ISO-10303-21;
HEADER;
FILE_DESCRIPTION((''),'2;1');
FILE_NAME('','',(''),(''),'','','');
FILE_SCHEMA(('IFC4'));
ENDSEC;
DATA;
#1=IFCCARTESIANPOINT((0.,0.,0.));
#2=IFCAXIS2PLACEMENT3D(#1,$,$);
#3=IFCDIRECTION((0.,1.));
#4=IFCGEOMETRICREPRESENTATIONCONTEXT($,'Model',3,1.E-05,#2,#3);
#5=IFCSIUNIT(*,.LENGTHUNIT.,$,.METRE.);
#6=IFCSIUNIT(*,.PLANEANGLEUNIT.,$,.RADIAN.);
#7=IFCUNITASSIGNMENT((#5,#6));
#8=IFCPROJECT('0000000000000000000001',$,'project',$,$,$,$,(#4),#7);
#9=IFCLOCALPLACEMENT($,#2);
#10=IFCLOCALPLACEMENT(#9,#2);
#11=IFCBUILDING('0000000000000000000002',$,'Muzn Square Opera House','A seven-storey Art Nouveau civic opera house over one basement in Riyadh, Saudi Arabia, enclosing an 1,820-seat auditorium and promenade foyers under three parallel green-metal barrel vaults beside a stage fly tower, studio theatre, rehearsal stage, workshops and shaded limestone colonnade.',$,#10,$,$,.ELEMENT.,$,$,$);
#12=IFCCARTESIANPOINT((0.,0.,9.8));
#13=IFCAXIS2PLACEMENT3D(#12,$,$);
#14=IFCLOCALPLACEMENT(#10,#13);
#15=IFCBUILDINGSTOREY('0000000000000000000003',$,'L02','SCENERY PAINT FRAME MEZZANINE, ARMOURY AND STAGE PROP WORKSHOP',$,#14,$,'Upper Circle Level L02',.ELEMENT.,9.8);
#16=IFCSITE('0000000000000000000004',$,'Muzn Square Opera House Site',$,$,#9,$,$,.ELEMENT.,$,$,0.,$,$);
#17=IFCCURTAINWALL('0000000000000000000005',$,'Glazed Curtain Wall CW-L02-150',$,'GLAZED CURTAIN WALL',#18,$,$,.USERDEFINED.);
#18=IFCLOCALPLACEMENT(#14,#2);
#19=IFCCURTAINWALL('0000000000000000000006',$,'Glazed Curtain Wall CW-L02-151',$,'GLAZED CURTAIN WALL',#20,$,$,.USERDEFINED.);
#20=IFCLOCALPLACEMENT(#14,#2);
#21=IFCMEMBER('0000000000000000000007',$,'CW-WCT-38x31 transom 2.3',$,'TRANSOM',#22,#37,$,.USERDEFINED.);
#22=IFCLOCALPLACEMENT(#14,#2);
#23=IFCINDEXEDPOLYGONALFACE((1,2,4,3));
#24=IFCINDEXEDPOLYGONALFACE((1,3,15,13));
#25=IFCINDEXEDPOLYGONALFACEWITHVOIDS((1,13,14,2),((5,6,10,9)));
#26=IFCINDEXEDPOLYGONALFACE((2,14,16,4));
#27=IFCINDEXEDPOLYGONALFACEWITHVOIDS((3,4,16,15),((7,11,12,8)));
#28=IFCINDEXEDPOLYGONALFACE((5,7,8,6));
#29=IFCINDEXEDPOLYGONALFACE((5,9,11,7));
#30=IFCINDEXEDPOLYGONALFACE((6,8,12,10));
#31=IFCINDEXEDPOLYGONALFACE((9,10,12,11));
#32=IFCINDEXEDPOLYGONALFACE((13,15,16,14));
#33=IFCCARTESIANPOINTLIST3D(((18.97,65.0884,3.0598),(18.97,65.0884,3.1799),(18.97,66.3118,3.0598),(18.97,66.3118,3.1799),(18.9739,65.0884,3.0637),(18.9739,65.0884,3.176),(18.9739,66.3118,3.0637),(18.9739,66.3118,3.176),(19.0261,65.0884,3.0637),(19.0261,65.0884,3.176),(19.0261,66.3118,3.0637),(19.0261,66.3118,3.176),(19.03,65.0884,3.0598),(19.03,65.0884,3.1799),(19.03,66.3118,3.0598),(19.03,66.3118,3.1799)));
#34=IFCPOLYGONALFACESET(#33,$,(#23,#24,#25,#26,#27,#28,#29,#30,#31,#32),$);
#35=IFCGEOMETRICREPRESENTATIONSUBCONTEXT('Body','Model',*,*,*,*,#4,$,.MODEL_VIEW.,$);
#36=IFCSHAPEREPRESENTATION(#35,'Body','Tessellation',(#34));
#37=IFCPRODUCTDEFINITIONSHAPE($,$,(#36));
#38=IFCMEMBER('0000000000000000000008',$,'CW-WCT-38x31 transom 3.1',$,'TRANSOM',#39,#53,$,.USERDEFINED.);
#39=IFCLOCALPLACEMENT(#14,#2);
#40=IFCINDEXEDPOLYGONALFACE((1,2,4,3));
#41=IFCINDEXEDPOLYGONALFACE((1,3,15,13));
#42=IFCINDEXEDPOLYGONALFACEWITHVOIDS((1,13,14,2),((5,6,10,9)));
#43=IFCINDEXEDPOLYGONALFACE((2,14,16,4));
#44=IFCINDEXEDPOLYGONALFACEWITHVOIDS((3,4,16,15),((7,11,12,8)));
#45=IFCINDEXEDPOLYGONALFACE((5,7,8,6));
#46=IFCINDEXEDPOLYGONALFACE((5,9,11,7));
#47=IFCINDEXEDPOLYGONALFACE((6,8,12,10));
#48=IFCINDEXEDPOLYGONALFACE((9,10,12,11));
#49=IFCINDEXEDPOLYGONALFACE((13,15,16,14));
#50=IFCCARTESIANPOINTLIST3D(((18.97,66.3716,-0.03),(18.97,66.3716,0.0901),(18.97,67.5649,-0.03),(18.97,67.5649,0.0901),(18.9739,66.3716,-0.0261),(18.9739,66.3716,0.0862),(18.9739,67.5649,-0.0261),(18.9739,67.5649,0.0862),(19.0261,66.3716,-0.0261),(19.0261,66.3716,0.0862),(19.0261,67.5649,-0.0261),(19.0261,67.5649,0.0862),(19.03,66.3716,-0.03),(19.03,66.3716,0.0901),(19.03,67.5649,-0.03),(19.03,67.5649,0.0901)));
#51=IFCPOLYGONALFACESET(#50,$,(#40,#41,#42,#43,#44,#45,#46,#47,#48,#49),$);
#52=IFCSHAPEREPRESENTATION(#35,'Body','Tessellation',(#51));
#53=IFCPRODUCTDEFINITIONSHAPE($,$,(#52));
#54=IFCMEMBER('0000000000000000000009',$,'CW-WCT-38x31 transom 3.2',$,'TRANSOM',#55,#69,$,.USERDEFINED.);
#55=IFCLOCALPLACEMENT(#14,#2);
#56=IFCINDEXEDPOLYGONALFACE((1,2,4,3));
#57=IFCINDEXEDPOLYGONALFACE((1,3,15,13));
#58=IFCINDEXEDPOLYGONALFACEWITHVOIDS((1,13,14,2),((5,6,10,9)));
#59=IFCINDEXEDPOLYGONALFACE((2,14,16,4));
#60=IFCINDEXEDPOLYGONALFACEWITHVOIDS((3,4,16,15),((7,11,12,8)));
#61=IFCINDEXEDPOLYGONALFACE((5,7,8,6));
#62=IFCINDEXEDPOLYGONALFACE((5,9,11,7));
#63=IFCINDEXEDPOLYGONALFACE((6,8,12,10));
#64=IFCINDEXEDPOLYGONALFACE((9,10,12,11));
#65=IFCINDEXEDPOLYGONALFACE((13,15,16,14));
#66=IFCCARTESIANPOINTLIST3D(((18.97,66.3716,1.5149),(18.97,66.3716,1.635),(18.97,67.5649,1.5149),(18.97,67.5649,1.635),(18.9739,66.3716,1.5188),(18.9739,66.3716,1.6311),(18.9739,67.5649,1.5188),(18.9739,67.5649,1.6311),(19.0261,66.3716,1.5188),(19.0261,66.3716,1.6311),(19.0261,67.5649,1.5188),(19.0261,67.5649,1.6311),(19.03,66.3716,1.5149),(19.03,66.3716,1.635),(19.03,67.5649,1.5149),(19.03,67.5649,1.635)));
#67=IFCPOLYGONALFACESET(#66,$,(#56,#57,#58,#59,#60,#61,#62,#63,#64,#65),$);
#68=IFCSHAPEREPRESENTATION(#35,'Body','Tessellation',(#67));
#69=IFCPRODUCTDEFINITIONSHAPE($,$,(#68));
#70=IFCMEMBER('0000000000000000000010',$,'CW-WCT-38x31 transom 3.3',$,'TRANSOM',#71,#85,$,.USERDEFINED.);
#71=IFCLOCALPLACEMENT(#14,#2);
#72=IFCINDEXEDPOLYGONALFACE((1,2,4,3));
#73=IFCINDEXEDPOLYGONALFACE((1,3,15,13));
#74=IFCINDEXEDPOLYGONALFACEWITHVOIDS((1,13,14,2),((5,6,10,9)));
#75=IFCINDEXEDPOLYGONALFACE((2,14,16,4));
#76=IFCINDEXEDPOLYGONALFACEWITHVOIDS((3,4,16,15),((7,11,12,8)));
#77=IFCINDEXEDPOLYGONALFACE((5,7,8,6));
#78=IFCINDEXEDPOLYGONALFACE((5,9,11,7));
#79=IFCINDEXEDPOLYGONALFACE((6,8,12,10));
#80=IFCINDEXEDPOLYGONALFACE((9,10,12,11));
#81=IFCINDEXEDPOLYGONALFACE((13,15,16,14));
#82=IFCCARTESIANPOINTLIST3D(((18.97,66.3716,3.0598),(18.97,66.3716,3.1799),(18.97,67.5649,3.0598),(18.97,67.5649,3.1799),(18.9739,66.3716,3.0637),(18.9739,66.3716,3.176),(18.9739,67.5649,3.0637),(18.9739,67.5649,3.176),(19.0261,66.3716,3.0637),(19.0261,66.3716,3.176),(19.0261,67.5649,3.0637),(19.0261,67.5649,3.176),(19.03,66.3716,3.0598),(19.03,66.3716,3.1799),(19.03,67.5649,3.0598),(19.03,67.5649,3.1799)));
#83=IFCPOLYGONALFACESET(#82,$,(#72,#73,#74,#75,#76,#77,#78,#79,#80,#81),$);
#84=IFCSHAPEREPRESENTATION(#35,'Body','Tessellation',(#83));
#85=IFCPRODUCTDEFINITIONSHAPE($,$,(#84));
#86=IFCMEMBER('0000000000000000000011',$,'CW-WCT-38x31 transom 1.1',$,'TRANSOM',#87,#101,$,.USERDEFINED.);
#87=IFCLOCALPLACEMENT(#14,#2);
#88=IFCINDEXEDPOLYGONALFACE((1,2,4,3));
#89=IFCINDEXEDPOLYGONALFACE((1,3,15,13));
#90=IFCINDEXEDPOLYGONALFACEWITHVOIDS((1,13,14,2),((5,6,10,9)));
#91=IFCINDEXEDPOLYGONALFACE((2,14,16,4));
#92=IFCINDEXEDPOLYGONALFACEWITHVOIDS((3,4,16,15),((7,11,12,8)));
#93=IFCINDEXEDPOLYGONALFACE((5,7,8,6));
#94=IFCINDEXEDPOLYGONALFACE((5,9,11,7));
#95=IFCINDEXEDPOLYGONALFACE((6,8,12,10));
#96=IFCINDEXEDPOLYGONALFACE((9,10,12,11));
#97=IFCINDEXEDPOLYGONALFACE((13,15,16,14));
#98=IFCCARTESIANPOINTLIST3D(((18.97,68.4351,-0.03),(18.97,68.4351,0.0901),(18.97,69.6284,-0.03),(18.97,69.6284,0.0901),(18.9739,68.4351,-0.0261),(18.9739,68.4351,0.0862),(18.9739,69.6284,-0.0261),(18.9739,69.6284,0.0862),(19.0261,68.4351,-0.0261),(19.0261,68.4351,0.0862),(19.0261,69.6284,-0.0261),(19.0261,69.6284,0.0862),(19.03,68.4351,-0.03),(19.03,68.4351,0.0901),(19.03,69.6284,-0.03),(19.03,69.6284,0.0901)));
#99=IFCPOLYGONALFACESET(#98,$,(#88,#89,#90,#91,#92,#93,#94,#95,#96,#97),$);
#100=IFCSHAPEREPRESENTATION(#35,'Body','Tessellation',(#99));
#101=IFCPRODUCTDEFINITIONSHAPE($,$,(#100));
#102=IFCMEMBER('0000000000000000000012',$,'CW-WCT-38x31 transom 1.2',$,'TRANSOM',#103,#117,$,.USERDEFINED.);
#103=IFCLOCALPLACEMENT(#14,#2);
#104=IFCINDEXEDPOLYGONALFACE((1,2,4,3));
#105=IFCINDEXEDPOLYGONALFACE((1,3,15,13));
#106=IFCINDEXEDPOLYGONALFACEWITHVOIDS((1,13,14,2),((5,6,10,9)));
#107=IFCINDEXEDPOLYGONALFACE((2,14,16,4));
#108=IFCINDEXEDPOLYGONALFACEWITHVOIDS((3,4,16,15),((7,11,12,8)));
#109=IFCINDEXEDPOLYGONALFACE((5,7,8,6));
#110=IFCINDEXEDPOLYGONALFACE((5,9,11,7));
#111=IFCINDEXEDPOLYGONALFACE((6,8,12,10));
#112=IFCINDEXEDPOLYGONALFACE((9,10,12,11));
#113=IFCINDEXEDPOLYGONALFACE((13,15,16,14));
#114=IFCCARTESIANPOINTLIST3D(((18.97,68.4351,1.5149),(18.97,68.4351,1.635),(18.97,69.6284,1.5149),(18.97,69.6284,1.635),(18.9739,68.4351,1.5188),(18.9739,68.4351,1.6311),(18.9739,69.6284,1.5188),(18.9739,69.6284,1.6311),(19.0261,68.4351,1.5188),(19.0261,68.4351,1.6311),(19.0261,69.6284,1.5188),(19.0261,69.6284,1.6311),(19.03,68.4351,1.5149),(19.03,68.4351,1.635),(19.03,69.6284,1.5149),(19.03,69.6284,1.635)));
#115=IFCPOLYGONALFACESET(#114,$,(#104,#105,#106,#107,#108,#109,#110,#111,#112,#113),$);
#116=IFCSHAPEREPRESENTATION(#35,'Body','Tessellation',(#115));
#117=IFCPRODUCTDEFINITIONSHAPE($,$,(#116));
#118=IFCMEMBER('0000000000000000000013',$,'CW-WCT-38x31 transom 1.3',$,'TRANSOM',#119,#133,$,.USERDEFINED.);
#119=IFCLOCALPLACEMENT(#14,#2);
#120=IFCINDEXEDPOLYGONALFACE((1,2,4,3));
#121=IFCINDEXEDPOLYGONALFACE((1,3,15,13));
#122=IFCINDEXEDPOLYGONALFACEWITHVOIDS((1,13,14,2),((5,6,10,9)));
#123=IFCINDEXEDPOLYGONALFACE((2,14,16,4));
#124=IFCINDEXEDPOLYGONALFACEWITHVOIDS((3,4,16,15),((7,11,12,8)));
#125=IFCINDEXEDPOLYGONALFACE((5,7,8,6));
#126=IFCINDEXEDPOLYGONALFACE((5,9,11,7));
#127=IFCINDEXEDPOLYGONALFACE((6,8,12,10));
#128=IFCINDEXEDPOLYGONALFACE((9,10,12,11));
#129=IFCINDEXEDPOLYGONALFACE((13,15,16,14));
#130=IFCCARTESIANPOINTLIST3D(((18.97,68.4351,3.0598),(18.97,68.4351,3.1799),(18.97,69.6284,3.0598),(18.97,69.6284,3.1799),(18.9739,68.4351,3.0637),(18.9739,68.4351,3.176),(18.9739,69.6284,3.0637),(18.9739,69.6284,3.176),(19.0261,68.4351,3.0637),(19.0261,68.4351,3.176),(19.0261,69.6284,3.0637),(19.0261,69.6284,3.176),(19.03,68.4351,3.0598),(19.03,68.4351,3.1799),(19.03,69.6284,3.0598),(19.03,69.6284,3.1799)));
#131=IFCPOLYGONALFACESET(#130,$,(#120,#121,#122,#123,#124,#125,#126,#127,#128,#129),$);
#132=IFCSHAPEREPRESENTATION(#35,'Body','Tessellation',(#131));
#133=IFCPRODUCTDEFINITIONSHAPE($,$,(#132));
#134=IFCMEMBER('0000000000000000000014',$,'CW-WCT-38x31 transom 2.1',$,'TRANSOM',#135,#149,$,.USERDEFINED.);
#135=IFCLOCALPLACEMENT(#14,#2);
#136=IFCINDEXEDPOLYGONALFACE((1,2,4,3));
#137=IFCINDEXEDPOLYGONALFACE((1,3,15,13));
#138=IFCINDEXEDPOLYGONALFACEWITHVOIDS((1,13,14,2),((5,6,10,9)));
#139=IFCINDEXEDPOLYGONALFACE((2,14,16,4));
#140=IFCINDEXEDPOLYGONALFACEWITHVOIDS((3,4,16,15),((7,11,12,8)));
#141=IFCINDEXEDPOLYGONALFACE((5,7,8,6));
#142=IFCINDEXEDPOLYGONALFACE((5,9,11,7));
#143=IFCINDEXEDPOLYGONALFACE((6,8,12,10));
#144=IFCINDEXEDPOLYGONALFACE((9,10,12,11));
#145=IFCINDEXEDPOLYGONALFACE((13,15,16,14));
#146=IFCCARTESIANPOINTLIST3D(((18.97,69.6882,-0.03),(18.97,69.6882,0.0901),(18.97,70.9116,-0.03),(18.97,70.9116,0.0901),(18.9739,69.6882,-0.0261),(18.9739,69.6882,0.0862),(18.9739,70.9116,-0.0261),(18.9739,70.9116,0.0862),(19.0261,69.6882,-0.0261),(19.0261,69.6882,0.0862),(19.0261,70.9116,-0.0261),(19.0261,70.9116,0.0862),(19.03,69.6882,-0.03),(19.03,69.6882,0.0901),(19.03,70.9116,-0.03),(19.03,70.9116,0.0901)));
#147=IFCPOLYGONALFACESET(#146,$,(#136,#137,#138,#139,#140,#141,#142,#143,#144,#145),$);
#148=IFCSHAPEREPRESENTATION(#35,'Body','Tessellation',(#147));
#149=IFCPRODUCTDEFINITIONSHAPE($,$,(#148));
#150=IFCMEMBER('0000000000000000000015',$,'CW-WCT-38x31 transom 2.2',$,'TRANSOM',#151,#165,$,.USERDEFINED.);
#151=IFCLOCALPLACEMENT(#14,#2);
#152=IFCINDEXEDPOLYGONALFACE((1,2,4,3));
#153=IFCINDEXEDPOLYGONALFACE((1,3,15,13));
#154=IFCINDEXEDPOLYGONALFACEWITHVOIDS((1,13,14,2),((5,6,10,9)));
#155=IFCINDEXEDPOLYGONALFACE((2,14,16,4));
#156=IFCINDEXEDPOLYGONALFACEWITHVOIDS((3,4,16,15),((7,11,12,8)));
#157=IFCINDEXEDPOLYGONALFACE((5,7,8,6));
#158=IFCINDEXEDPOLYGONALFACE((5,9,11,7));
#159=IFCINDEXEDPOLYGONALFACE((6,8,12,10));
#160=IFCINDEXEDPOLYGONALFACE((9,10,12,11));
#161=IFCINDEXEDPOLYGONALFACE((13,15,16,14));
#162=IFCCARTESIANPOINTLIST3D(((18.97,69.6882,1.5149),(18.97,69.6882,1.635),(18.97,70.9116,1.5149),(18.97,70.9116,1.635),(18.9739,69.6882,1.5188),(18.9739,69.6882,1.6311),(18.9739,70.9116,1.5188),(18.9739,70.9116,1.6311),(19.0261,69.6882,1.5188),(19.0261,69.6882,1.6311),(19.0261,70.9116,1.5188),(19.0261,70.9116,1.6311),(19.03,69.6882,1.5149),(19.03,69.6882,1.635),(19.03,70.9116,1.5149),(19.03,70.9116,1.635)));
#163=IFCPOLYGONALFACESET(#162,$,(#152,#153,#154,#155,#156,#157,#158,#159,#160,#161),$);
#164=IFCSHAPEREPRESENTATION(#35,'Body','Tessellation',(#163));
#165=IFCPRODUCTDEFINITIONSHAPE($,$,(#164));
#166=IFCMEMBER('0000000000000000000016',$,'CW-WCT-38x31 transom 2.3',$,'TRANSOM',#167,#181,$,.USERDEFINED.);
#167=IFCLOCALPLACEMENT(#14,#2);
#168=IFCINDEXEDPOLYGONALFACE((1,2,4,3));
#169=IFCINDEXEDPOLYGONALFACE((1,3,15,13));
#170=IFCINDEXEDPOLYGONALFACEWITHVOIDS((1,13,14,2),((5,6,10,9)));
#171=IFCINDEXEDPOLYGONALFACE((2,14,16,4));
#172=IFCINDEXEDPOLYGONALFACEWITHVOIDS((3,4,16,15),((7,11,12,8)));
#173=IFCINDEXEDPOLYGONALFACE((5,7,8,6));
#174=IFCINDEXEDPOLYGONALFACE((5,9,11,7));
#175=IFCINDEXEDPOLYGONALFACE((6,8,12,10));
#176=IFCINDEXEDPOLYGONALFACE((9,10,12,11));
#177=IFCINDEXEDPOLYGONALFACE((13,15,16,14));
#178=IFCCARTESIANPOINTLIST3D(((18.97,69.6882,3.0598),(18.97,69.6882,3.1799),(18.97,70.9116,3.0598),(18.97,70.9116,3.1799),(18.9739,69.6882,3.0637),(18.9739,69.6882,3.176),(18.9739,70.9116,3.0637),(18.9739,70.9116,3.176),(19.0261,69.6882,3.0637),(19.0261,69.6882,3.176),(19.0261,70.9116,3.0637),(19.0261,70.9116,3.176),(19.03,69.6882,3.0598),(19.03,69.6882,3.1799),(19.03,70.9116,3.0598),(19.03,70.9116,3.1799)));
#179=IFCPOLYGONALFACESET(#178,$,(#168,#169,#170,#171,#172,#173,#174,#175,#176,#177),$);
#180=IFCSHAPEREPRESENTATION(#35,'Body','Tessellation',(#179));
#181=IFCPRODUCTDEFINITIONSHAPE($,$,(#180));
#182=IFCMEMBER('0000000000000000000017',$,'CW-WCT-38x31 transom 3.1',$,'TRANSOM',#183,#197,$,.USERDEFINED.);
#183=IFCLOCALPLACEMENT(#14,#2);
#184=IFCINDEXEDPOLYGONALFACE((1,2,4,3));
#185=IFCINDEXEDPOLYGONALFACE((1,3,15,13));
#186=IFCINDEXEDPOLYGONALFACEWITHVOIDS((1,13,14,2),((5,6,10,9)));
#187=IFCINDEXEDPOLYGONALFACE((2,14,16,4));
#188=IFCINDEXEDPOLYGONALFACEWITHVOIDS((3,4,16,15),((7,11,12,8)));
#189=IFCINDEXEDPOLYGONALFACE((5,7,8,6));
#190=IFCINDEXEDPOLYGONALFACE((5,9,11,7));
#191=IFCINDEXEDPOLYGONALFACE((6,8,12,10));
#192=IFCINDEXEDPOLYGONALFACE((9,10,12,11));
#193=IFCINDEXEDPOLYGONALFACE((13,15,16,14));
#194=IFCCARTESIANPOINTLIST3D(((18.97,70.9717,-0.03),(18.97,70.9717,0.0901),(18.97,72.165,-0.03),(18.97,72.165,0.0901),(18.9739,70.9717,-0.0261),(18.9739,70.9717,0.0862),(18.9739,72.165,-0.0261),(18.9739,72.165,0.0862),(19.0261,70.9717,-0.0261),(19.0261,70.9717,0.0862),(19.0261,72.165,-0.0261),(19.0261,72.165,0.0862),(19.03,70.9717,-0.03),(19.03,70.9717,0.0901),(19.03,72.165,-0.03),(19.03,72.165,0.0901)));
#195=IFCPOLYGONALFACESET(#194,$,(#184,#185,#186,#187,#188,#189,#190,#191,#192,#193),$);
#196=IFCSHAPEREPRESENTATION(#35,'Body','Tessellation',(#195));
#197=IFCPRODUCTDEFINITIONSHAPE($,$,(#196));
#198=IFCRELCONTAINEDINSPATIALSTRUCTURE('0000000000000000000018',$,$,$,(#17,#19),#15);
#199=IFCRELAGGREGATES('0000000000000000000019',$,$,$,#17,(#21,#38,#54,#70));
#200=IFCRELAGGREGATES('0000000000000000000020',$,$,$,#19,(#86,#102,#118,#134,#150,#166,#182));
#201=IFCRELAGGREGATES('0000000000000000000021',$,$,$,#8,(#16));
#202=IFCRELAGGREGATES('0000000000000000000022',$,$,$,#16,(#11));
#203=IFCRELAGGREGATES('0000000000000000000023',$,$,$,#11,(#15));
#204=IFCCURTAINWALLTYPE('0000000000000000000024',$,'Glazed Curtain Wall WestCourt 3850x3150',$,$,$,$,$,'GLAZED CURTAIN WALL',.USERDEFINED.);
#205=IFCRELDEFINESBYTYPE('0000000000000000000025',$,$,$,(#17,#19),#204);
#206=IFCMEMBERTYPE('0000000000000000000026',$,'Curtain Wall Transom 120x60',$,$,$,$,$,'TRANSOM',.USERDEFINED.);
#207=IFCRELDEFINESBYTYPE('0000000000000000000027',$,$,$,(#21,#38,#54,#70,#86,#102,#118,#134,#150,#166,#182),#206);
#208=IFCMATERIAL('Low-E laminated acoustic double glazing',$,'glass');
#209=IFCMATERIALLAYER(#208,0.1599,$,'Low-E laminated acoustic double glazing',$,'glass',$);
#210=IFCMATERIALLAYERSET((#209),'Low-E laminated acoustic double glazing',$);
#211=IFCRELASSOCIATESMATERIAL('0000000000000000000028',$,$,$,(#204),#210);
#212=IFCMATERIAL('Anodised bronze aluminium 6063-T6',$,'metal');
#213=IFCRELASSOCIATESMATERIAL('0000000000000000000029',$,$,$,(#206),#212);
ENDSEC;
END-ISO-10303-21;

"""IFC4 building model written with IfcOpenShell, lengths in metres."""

from ifc_helpers import new_model, si_unit, direction, frame, origin, origin_2d, place, context, subcontext, project, spatial, hollow_rectangle, extrude, material, layer, layer_set, material_profile, profile_set, type_object, element, aggregate, save


model = new_model("IFC4")

# Units and contexts
model_context = context("Model", 3, precision=1e-05, world=origin(), true_north=direction((0.0, 1.0)))
body_context = subcontext(model_context, "Body", "Model", "MODEL_VIEW")
ifc_project = project(units=[si_unit("LENGTHUNIT", "METRE"), si_unit("PLANEANGLEUNIT", "RADIAN")], contexts=[model_context])

# Site, building, storey
site_placement = place(None, origin())
site = spatial("IfcSite", under=ifc_project, at=site_placement, Name="Muzn Square Opera House Site", CompositionType="ELEMENT", RefElevation=0.0)
building_placement = place(site_placement, origin())
building = spatial("IfcBuilding", under=site, at=building_placement, Name="Muzn Square Opera House", Description="A seven-storey Art Nouveau civic opera house over one basement in Riyadh, Saudi Arabia, enclosing an 1,820-seat auditorium and promenade foyers under three parallel green-metal barrel vaults beside a stage fly tower, studio theatre, rehearsal stage, workshops and shaded limestone colonnade.", CompositionType="ELEMENT")
storey_placement = place(building_placement, frame((0.0, 0.0, 9.8)))
storey = spatial("IfcBuildingStorey", under=building, at=storey_placement, Name="L02", Description="SCENERY PAINT FRAME MEZZANINE, ARMOURY AND STAGE PROP WORKSHOP", LongName="Upper Circle Level L02", CompositionType="ELEMENT", Elevation=9.8)

# Curtain walls
ifc_material_1 = material(Name="Low-E laminated acoustic double glazing", Category="glass")
ifc_layer_1 = layer(ifc_material_1, 0.1599, Name="Low-E laminated acoustic double glazing", Category="glass")
ifc_layer_set_1 = layer_set([ifc_layer_1], Name="Low-E laminated acoustic double glazing")
curtain_wall_type = type_object("IfcCurtainWallType", Name="Glazed Curtain Wall WestCourt 3850x3150", ElementType="GLAZED CURTAIN WALL", PredefinedType="USERDEFINED", material=ifc_layer_set_1)
curtain_wall_1_placement = place(storey_placement, origin())
curtain_wall_1 = element("IfcCurtainWall", 1, at=curtain_wall_1_placement, inside=storey, type_object=curtain_wall_type, Name="Glazed Curtain Wall CW-L02-150", ObjectType="GLAZED CURTAIN WALL", PredefinedType="USERDEFINED")
ifc_material_2 = material(Name="Anodised bronze aluminium 6063-T6", Category="metal")
curtain_wall_2_placement = place(storey_placement, origin())
curtain_wall_2 = element("IfcCurtainWall", 2, at=curtain_wall_2_placement, inside=storey, type_object=curtain_wall_type, Name="Glazed Curtain Wall CW-L02-151", ObjectType="GLAZED CURTAIN WALL", PredefinedType="USERDEFINED")

# Members
ifc_material_profile_1 = material_profile(ifc_material_2, hollow_rectangle(XDim=0.0601, YDim=0.1201, WallThickness=0.0039, at=origin_2d()), Name="ALU 120x60x4", Category="metal")
ifc_profile_set_1 = profile_set([ifc_material_profile_1], Name="Anodised bronze aluminium 6063-T6")
member_type_1 = type_object("IfcMemberType", Name="Curtain Wall Transom 120x60", ElementType="TRANSOM", PredefinedType="USERDEFINED", material=ifc_profile_set_1)
member_1_placement = place(storey_placement, frame((19.0, 65.0884, 3.1199), z_axis=(0.0, 1.0, 0.0), x_axis=(-1.0, 0.0, 0.0)))
member_1 = element("IfcMember", 3, at=member_1_placement, type_object=member_type_1, Name="CW-WCT-38x31 transom 2.3", ObjectType="TRANSOM", PredefinedType="USERDEFINED", context=body_context, shape_type="SweptSolid", body=[
    extrude(hollow_rectangle(XDim=0.0601, YDim=0.1201, WallThickness=0.0039, at=origin_2d()), origin(), (0.0, 0.0, 1.0), 1.2234),
])
member_2_placement = place(storey_placement, frame((19.0, 66.3716, 0.03), z_axis=(0.0, 1.0, 0.0), x_axis=(-1.0, 0.0, 0.0)))
member_2 = element("IfcMember", 4, at=member_2_placement, type_object=member_type_1, Name="CW-WCT-38x31 transom 3.1", ObjectType="TRANSOM", PredefinedType="USERDEFINED", context=body_context, shape_type="SweptSolid", body=[
    extrude(hollow_rectangle(XDim=0.0601, YDim=0.1201, WallThickness=0.0039, at=origin_2d()), origin(), (0.0, 0.0, 1.0), 1.1934),
])
member_3_placement = place(storey_placement, frame((19.0, 66.3716, 1.575), z_axis=(0.0, 1.0, 0.0), x_axis=(-1.0, 0.0, 0.0)))
member_3 = element("IfcMember", 5, at=member_3_placement, type_object=member_type_1, Name="CW-WCT-38x31 transom 3.2", ObjectType="TRANSOM", PredefinedType="USERDEFINED", context=body_context, shape_type="SweptSolid", body=[
    extrude(hollow_rectangle(XDim=0.0601, YDim=0.1201, WallThickness=0.0039, at=origin_2d()), origin(), (0.0, 0.0, 1.0), 1.1934),
])
member_4_placement = place(storey_placement, frame((19.0, 66.3716, 3.1199), z_axis=(0.0, 1.0, 0.0), x_axis=(-1.0, 0.0, 0.0)))
member_4 = element("IfcMember", 6, at=member_4_placement, type_object=member_type_1, Name="CW-WCT-38x31 transom 3.3", ObjectType="TRANSOM", PredefinedType="USERDEFINED", context=body_context, shape_type="SweptSolid", body=[
    extrude(hollow_rectangle(XDim=0.0601, YDim=0.1201, WallThickness=0.0039, at=origin_2d()), origin(), (0.0, 0.0, 1.0), 1.1934),
])
member_5_placement = place(storey_placement, frame((19.0, 68.4351, 0.03), z_axis=(0.0, 1.0, 0.0), x_axis=(-1.0, 0.0, 0.0)))
member_5 = element("IfcMember", 7, at=member_5_placement, type_object=member_type_1, Name="CW-WCT-38x31 transom 1.1", ObjectType="TRANSOM", PredefinedType="USERDEFINED", context=body_context, shape_type="SweptSolid", body=[
    extrude(hollow_rectangle(XDim=0.0601, YDim=0.1201, WallThickness=0.0039, at=origin_2d()), origin(), (0.0, 0.0, 1.0), 1.1934),
])
member_6_placement = place(storey_placement, frame((19.0, 68.4351, 1.575), z_axis=(0.0, 1.0, 0.0), x_axis=(-1.0, 0.0, 0.0)))
member_6 = element("IfcMember", 8, at=member_6_placement, type_object=member_type_1, Name="CW-WCT-38x31 transom 1.2", ObjectType="TRANSOM", PredefinedType="USERDEFINED", context=body_context, shape_type="SweptSolid", body=[
    extrude(hollow_rectangle(XDim=0.0601, YDim=0.1201, WallThickness=0.0039, at=origin_2d()), origin(), (0.0, 0.0, 1.0), 1.1934),
])
member_7_placement = place(storey_placement, frame((19.0, 68.4351, 3.1199), z_axis=(0.0, 1.0, 0.0), x_axis=(-1.0, 0.0, 0.0)))
member_7 = element("IfcMember", 9, at=member_7_placement, type_object=member_type_1, Name="CW-WCT-38x31 transom 1.3", ObjectType="TRANSOM", PredefinedType="USERDEFINED", context=body_context, shape_type="SweptSolid", body=[
    extrude(hollow_rectangle(XDim=0.0601, YDim=0.1201, WallThickness=0.0039, at=origin_2d()), origin(), (0.0, 0.0, 1.0), 1.1934),
])
member_8_placement = place(storey_placement, frame((19.0, 69.6882, 0.03), z_axis=(0.0, 1.0, 0.0), x_axis=(-1.0, 0.0, 0.0)))
member_8 = element("IfcMember", 10, at=member_8_placement, type_object=member_type_1, Name="CW-WCT-38x31 transom 2.1", ObjectType="TRANSOM", PredefinedType="USERDEFINED", context=body_context, shape_type="SweptSolid", body=[
    extrude(hollow_rectangle(XDim=0.0601, YDim=0.1201, WallThickness=0.0039, at=origin_2d()), origin(), (0.0, 0.0, 1.0), 1.2234),
])
member_9_placement = place(storey_placement, frame((19.0, 69.6882, 1.575), z_axis=(0.0, 1.0, 0.0), x_axis=(-1.0, 0.0, 0.0)))
member_9 = element("IfcMember", 11, at=member_9_placement, type_object=member_type_1, Name="CW-WCT-38x31 transom 2.2", ObjectType="TRANSOM", PredefinedType="USERDEFINED", context=body_context, shape_type="SweptSolid", body=[
    extrude(hollow_rectangle(XDim=0.0601, YDim=0.1201, WallThickness=0.0039, at=origin_2d()), origin(), (0.0, 0.0, 1.0), 1.2234),
])
member_10_placement = place(storey_placement, frame((19.0, 69.6882, 3.1199), z_axis=(0.0, 1.0, 0.0), x_axis=(-1.0, 0.0, 0.0)))
member_10 = element("IfcMember", 12, at=member_10_placement, type_object=member_type_1, Name="CW-WCT-38x31 transom 2.3", ObjectType="TRANSOM", PredefinedType="USERDEFINED", context=body_context, shape_type="SweptSolid", body=[
    extrude(hollow_rectangle(XDim=0.0601, YDim=0.1201, WallThickness=0.0039, at=origin_2d()), origin(), (0.0, 0.0, 1.0), 1.2234),
])
member_11_placement = place(storey_placement, frame((19.0, 70.9717, 0.03), z_axis=(0.0, 1.0, 0.0), x_axis=(-1.0, 0.0, 0.0)))
member_11 = element("IfcMember", 13, at=member_11_placement, type_object=member_type_1, Name="CW-WCT-38x31 transom 3.1", ObjectType="TRANSOM", PredefinedType="USERDEFINED", context=body_context, shape_type="SweptSolid", body=[
    extrude(hollow_rectangle(XDim=0.0601, YDim=0.1201, WallThickness=0.0039, at=origin_2d()), origin(), (0.0, 0.0, 1.0), 1.1934),
])

aggregate(curtain_wall_1, [member_1, member_2, member_3, member_4])
aggregate(curtain_wall_2, [member_5, member_6, member_7, member_8, member_9, member_10, member_11])

save(model, "model.ifc")
